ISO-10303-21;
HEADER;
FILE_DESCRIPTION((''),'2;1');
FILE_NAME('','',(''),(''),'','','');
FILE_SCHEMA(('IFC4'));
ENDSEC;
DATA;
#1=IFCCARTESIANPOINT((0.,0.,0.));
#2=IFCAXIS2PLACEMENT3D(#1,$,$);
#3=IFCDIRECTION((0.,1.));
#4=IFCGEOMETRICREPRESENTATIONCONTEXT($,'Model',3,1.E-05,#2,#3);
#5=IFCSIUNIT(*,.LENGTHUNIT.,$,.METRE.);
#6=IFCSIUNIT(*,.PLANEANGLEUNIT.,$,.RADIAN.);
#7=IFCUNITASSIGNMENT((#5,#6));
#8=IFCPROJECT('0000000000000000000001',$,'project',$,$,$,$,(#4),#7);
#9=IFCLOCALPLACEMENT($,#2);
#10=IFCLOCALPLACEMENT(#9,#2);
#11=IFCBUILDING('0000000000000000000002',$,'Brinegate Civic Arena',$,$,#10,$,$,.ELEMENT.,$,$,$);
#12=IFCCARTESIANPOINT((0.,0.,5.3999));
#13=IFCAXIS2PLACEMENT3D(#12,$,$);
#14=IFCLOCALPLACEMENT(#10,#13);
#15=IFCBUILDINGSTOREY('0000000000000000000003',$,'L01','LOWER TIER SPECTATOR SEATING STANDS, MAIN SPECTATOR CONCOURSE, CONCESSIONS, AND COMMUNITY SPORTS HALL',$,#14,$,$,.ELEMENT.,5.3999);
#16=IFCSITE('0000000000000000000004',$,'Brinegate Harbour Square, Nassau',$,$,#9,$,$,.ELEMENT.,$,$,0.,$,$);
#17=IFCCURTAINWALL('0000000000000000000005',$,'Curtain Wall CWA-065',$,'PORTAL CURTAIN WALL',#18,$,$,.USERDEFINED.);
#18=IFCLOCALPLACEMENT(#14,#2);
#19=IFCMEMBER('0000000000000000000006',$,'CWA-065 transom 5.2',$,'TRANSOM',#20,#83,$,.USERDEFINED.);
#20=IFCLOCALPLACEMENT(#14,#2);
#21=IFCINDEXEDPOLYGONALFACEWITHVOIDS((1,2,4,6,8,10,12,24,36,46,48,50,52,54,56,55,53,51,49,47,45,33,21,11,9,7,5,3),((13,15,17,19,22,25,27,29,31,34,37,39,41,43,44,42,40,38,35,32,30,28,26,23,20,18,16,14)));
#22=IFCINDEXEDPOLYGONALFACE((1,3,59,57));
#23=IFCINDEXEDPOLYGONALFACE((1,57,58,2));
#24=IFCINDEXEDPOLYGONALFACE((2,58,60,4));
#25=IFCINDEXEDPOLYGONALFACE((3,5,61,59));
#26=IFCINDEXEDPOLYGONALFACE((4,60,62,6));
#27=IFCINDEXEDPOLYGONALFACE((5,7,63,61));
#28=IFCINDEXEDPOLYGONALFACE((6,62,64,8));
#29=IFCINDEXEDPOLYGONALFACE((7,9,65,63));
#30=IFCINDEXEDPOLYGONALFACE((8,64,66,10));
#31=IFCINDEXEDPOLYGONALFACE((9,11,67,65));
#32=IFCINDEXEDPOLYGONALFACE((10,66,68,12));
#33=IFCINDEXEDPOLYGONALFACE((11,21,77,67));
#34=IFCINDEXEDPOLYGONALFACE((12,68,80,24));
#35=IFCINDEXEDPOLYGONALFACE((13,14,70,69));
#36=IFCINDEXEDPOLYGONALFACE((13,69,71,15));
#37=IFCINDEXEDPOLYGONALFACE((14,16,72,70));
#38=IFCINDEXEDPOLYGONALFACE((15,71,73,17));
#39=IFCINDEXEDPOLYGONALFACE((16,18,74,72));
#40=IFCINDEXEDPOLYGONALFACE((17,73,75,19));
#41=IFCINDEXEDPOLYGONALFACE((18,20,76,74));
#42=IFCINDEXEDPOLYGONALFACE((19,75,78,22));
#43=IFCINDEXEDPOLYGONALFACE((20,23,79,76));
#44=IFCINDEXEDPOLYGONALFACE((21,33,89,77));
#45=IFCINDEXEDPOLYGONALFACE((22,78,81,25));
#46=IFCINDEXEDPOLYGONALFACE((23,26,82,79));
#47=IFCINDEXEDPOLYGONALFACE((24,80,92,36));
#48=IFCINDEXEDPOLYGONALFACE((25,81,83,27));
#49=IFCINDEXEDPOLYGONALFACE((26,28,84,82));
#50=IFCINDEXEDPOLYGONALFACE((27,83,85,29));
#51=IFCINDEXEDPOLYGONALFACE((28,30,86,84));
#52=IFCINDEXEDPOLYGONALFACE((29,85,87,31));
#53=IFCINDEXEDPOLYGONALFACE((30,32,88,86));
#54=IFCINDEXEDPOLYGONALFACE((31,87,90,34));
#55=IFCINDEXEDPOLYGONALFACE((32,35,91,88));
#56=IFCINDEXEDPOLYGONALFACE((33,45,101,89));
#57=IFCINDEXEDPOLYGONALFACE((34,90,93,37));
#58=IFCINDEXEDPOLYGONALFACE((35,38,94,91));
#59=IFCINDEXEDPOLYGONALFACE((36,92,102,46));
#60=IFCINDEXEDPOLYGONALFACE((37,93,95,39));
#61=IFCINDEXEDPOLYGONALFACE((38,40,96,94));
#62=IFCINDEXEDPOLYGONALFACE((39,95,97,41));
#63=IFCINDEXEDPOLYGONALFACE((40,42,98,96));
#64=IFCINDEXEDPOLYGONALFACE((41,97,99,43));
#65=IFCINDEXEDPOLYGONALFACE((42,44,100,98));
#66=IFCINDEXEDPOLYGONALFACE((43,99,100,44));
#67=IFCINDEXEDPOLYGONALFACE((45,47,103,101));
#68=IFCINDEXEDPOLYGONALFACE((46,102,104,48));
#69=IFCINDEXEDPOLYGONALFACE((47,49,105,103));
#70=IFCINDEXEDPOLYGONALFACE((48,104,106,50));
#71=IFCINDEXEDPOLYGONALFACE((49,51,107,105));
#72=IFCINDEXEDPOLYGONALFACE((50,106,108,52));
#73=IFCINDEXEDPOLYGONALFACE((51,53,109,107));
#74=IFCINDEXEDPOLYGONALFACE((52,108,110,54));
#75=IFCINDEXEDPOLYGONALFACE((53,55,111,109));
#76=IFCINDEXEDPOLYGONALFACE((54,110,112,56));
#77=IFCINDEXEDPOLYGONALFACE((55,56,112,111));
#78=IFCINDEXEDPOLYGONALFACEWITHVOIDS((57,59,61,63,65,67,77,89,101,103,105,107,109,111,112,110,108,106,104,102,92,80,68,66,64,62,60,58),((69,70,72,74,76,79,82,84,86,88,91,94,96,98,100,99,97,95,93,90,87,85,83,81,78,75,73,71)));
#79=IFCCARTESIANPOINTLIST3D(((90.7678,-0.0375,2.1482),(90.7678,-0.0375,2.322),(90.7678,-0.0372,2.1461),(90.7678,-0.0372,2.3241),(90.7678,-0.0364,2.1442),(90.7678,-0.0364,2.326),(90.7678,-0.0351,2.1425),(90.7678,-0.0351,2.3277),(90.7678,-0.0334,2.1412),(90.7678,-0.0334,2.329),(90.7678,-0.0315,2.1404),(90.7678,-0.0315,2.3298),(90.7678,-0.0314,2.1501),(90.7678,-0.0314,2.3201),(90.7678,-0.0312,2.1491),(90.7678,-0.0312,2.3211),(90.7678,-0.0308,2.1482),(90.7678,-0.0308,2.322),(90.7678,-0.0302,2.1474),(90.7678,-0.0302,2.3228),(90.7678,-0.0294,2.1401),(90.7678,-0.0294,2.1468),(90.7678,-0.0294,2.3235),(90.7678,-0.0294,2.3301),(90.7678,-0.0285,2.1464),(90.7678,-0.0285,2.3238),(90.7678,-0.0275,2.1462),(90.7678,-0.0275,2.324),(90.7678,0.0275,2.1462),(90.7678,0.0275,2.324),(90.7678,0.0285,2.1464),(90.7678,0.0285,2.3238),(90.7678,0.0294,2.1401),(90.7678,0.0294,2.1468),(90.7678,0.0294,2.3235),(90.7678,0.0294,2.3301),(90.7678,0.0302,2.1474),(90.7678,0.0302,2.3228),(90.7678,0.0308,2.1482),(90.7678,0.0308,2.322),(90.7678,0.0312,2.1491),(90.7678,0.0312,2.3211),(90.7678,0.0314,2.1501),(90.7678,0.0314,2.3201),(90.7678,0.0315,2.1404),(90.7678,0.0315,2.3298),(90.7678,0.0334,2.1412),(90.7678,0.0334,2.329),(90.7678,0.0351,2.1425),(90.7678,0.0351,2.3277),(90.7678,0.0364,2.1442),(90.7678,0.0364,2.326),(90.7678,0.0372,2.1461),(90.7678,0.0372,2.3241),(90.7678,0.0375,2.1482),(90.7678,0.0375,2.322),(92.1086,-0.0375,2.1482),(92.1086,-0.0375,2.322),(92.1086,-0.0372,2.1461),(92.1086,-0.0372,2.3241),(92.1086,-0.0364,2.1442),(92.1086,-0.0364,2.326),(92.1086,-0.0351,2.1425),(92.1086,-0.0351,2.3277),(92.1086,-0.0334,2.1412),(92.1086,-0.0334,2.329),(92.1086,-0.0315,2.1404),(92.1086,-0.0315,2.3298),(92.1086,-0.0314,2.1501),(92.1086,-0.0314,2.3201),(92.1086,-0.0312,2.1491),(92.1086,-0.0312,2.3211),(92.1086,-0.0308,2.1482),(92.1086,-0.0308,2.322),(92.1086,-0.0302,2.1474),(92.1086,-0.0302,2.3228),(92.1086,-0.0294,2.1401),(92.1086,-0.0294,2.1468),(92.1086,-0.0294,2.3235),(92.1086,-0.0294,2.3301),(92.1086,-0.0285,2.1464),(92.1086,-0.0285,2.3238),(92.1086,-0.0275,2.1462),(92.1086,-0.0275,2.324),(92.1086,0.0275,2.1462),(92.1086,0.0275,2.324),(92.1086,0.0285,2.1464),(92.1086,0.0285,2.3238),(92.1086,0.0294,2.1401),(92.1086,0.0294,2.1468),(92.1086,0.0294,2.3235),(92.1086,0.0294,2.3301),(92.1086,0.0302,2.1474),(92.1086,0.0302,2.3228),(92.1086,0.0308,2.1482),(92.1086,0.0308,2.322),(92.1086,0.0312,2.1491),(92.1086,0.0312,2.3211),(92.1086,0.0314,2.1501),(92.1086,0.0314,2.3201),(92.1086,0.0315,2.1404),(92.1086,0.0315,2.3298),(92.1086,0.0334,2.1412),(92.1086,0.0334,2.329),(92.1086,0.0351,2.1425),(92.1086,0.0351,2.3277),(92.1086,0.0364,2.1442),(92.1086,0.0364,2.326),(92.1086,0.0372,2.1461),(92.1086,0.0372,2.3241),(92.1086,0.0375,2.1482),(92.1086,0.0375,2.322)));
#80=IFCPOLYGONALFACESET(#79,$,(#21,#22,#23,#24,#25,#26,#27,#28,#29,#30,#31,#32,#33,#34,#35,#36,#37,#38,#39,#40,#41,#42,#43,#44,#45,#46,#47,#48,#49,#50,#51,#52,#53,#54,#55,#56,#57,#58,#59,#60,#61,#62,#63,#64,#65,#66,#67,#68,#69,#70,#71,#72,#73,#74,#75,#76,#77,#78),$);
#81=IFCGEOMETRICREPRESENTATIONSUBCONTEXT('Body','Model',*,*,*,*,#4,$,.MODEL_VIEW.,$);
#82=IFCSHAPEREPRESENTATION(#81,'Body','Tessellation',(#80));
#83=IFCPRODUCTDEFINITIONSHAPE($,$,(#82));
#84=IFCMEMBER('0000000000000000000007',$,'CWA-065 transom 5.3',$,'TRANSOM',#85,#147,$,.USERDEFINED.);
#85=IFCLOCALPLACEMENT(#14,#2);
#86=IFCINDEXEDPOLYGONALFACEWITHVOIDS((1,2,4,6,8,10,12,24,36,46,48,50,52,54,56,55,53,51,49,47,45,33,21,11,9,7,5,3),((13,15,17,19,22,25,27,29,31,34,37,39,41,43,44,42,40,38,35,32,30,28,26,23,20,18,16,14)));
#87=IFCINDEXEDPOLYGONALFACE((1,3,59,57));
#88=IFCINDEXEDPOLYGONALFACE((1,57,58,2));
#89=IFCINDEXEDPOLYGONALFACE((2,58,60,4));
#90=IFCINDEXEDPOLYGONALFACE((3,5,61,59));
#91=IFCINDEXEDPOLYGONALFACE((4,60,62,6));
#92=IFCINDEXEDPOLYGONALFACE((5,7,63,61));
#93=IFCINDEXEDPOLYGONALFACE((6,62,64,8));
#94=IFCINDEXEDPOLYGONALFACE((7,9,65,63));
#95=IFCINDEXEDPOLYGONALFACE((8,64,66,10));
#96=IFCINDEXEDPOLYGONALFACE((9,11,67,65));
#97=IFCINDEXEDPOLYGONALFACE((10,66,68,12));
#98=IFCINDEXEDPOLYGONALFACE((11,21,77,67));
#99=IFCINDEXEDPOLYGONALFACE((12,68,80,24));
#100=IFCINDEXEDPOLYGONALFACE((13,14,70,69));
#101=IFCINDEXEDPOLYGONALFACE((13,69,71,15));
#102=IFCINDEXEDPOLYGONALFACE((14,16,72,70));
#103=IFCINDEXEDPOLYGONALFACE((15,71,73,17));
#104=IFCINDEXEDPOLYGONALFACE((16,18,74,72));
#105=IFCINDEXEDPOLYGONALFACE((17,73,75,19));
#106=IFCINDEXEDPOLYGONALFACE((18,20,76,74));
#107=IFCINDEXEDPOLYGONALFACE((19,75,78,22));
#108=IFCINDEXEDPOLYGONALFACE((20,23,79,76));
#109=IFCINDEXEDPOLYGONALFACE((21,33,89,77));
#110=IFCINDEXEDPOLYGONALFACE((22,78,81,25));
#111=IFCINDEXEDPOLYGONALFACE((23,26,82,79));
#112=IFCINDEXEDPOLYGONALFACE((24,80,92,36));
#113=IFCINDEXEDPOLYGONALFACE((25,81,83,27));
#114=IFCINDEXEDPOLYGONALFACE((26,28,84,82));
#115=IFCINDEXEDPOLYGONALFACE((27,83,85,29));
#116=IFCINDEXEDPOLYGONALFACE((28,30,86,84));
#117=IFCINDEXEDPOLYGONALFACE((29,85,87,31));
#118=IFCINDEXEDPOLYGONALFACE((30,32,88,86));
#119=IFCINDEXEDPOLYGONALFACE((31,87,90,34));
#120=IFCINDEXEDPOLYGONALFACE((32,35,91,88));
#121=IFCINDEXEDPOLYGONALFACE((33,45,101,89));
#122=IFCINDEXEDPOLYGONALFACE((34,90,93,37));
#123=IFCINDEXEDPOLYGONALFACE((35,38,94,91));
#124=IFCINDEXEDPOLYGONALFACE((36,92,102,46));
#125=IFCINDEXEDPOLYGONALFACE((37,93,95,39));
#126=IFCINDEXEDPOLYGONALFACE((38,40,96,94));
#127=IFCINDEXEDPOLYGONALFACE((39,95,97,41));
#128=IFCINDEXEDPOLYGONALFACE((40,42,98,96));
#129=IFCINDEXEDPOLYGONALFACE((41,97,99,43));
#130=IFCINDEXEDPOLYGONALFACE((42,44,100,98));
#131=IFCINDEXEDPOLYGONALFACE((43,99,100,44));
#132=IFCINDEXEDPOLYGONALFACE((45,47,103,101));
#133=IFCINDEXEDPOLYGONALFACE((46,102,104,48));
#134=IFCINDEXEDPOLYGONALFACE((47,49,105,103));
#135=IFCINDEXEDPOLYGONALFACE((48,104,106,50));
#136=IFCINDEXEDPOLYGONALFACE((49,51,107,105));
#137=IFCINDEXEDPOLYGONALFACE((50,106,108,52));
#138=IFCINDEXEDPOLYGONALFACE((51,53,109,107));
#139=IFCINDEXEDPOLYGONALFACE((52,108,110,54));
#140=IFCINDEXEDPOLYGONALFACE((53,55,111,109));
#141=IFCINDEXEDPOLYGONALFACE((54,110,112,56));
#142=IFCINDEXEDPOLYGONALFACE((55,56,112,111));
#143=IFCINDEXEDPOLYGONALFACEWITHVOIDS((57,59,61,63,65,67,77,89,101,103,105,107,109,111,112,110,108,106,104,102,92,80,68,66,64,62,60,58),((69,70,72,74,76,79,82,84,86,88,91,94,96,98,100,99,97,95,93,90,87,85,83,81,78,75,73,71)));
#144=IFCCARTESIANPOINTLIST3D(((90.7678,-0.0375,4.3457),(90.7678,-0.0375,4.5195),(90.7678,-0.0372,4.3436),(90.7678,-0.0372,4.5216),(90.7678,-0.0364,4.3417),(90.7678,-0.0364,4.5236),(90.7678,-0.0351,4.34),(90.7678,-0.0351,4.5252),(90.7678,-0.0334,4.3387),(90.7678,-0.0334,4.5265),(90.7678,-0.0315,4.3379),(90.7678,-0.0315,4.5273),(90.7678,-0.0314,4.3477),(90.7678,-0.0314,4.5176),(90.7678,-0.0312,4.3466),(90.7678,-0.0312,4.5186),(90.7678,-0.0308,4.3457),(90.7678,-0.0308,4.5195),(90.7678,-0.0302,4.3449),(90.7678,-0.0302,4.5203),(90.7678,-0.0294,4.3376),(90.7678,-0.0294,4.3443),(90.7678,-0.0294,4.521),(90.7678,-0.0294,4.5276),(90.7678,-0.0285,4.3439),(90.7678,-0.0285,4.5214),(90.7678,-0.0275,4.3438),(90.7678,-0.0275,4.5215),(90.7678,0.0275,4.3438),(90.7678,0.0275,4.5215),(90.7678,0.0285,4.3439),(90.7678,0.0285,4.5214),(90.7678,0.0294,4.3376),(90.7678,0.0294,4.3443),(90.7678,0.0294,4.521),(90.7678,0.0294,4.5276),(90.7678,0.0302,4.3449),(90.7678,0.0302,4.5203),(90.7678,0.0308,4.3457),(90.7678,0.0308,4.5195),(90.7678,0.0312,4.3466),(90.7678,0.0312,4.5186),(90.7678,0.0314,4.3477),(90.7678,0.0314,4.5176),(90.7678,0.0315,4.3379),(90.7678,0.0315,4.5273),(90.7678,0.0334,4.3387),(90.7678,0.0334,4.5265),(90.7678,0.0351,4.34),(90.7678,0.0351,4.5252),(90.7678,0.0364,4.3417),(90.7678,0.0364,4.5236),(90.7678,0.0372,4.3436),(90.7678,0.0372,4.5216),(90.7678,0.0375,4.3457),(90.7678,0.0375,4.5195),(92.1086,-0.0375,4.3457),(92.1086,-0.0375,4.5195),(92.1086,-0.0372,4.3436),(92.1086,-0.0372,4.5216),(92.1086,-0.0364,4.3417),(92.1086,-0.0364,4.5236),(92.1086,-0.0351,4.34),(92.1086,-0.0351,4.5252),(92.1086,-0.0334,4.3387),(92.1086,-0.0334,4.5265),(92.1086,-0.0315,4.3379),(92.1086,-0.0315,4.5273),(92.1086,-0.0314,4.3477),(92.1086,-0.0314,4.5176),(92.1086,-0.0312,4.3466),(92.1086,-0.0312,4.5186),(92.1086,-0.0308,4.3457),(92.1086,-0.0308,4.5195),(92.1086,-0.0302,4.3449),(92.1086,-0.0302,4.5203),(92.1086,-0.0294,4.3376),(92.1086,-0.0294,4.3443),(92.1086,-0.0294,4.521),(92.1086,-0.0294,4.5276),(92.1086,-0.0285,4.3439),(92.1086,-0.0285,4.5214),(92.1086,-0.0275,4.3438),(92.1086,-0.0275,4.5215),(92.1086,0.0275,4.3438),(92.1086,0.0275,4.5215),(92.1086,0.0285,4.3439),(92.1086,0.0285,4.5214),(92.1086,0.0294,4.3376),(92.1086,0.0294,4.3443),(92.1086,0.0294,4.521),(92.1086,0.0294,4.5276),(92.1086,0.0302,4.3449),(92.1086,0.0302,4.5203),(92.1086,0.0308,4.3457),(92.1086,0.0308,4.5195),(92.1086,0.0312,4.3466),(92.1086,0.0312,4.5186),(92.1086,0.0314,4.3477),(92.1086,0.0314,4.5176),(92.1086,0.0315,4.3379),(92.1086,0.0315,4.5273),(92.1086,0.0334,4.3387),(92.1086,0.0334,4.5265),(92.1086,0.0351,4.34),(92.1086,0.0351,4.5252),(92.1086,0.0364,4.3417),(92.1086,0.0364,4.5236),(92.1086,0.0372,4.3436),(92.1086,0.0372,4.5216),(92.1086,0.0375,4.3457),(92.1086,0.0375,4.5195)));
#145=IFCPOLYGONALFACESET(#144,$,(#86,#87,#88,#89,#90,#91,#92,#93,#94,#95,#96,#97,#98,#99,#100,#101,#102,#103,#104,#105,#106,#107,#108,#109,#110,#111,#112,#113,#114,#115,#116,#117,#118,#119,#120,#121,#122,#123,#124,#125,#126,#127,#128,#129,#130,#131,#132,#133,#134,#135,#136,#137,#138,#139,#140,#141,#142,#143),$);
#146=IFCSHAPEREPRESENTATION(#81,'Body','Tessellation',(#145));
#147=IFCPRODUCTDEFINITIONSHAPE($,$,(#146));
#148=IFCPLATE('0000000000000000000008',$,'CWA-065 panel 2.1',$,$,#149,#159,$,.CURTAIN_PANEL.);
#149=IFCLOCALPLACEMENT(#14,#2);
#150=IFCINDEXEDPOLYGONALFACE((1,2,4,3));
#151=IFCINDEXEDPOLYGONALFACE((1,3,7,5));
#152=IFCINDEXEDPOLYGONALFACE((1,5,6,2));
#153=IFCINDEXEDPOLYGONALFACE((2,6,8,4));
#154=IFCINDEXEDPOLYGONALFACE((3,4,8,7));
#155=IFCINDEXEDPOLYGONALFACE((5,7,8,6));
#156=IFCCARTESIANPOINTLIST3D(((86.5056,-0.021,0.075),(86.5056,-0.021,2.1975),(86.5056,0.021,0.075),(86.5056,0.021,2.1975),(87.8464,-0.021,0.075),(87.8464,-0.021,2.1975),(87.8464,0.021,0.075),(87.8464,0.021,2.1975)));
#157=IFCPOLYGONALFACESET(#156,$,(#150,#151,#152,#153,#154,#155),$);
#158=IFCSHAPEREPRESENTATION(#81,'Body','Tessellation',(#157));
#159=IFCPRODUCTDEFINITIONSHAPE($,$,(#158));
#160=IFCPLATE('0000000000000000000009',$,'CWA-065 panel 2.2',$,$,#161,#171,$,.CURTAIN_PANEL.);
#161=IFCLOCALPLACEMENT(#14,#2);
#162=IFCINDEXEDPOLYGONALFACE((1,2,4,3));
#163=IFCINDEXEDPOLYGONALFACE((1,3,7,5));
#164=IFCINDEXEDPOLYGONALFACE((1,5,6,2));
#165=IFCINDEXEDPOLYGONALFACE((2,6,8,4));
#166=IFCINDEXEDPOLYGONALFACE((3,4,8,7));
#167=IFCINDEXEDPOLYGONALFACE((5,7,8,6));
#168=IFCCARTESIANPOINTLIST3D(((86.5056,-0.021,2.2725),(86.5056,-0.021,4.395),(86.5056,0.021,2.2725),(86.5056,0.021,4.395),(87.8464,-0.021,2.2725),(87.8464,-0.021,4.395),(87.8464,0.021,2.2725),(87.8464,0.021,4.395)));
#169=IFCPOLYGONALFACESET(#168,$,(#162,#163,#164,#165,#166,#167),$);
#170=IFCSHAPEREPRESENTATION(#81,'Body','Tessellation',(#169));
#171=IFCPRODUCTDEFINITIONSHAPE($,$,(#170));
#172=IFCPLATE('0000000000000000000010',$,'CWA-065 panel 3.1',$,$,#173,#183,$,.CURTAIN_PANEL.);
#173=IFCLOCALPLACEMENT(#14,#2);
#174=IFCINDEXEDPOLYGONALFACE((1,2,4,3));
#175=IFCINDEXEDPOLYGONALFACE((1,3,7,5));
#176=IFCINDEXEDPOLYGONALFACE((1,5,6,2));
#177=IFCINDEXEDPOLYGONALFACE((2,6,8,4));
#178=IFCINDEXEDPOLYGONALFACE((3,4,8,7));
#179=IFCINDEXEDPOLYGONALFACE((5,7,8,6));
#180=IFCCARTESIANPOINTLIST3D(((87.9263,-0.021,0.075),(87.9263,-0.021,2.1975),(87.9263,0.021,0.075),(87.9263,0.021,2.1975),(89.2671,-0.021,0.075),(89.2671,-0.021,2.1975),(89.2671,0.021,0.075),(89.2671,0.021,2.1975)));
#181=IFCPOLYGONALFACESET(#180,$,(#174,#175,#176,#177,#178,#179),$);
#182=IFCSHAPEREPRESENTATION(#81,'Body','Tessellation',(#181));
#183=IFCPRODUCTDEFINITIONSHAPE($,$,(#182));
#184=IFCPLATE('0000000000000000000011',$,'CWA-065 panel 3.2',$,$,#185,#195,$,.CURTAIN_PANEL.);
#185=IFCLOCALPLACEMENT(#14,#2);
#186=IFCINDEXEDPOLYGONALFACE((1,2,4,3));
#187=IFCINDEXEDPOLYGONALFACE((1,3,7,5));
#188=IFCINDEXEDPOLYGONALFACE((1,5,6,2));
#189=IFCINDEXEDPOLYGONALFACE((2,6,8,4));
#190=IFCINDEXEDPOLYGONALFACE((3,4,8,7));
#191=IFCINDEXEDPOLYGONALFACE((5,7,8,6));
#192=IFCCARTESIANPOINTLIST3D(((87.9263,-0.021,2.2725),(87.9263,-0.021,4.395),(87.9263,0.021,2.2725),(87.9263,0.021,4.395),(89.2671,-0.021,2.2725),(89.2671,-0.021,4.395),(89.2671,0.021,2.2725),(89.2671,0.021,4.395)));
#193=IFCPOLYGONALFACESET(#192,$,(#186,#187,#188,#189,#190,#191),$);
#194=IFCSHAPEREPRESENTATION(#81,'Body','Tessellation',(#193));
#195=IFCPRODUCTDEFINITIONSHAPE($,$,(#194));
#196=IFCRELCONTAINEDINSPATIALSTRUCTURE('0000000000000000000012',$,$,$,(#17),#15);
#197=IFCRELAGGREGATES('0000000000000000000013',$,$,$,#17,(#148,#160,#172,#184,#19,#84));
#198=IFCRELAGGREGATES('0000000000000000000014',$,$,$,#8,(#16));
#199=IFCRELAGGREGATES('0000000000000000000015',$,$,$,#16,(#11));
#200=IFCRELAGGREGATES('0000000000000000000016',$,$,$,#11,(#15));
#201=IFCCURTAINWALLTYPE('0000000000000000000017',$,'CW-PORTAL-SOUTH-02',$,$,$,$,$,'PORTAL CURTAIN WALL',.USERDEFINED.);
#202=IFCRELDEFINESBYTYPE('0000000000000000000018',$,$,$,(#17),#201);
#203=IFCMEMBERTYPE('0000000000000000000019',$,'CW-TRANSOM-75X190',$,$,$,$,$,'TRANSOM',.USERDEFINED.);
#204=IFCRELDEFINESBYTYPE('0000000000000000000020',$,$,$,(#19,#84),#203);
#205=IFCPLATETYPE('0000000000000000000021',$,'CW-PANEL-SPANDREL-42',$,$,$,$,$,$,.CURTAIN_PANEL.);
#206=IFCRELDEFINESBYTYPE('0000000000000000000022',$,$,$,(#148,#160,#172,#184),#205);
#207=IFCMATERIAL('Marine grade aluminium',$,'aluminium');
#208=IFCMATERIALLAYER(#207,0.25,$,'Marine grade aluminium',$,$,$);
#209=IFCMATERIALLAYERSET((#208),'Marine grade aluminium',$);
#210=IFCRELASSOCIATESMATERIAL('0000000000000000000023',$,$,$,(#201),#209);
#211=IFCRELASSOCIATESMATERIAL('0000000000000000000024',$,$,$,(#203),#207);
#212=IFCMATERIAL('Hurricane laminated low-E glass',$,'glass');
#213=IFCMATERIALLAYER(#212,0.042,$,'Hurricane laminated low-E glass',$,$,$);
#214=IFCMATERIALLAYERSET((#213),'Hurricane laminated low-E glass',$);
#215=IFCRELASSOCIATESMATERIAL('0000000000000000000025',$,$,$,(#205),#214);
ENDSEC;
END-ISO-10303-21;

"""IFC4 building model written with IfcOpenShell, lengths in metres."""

from ifc_helpers import new_model, si_unit, direction, frame, origin, origin_2d, place, context, subcontext, project, spatial, rectangle, hollow_rectangle, extrude, material, layer, layer_set, material_profile, profile_set, type_object, element, aggregate, save


model = new_model("IFC4")

# Units and contexts
model_context = context("Model", 3, precision=1e-05, world=origin(), true_north=direction((0.0, 1.0)))
body_context = subcontext(model_context, "Body", "Model", "MODEL_VIEW")
ifc_project = project(units=[si_unit("LENGTHUNIT", "METRE"), si_unit("PLANEANGLEUNIT", "RADIAN")], contexts=[model_context])

# Site, building, storey
site_placement = place(None, origin())
site = spatial("IfcSite", under=ifc_project, at=site_placement, Name="Brinegate Harbour Square, Nassau", CompositionType="ELEMENT", RefElevation=0.0)
building_placement = place(site_placement, origin())
building = spatial("IfcBuilding", under=site, at=building_placement, Name="Brinegate Civic Arena", CompositionType="ELEMENT")
storey_placement = place(building_placement, frame((0.0, 0.0, 5.3999)))
storey = spatial("IfcBuildingStorey", under=building, at=storey_placement, Name="L01", Description="LOWER TIER SPECTATOR SEATING STANDS, MAIN SPECTATOR CONCOURSE, CONCESSIONS, AND COMMUNITY SPORTS HALL", CompositionType="ELEMENT", Elevation=5.3999)

# Curtain wall, members, plates
ifc_material_1 = material(Name="Marine grade aluminium", Category="aluminium")
ifc_layer_1 = layer(ifc_material_1, 0.25, Name="Marine grade aluminium")
ifc_layer_set_1 = layer_set([ifc_layer_1], Name="Marine grade aluminium")
curtain_wall_type = type_object("IfcCurtainWallType", Name="CW-PORTAL-SOUTH-02", ElementType="PORTAL CURTAIN WALL", PredefinedType="USERDEFINED", material=ifc_layer_set_1)
curtain_wall_placement = place(storey_placement, origin())
curtain_wall = element("IfcCurtainWall", 1, at=curtain_wall_placement, inside=storey, type_object=curtain_wall_type, Name="Curtain Wall CWA-065", ObjectType="PORTAL CURTAIN WALL", PredefinedType="USERDEFINED")
ifc_material_profile_1 = material_profile(ifc_material_1, hollow_rectangle(XDim=0.075, YDim=0.1899, WallThickness=0.0061, InnerFilletRadius=0.0039, OuterFilletRadius=0.0081, at=origin_2d()), Name="TRN75X190")
ifc_profile_set_1 = profile_set([ifc_material_profile_1], Name="Marine grade aluminium")
member_type_1 = type_object("IfcMemberType", Name="CW-TRANSOM-75X190", ElementType="TRANSOM", PredefinedType="USERDEFINED", material=ifc_profile_set_1)
member_1_placement = place(storey_placement, frame((90.7678, 0.0, 2.2351), z_axis=(1.0, 0.0, 0.0), x_axis=(0.0, 1.0, 0.0)))
member_1 = element("IfcMember", 2, at=member_1_placement, type_object=member_type_1, Name="CWA-065 transom 5.2", ObjectType="TRANSOM", PredefinedType="USERDEFINED", context=body_context, shape_type="SweptSolid", body=[
    extrude(hollow_rectangle(XDim=0.075, YDim=0.1899, WallThickness=0.0061, InnerFilletRadius=0.0039, OuterFilletRadius=0.0081, at=origin_2d()), origin(), (0.0, 0.0, 1.0), 1.3408),
])
member_2_placement = place(storey_placement, frame((90.7678, 0.0, 4.4326), z_axis=(1.0, 0.0, 0.0), x_axis=(0.0, 1.0, 0.0)))
member_2 = element("IfcMember", 3, at=member_2_placement, type_object=member_type_1, Name="CWA-065 transom 5.3", ObjectType="TRANSOM", PredefinedType="USERDEFINED", context=body_context, shape_type="SweptSolid", body=[
    extrude(hollow_rectangle(XDim=0.075, YDim=0.1899, WallThickness=0.0061, InnerFilletRadius=0.0039, OuterFilletRadius=0.0081, at=origin_2d()), origin(), (0.0, 0.0, 1.0), 1.3408),
])
ifc_material_2 = material(Name="Hurricane laminated low-E glass", Category="glass")
ifc_layer_2 = layer(ifc_material_2, 0.042, Name="Hurricane laminated low-E glass")
ifc_layer_set_2 = layer_set([ifc_layer_2], Name="Hurricane laminated low-E glass")
plate_type = type_object("IfcPlateType", Name="CW-PANEL-SPANDREL-42", PredefinedType="CURTAIN_PANEL", material=ifc_layer_set_2)
plate_1_placement = place(storey_placement, frame((87.176, 0.0, 0.075), z_axis=(0.0, 0.0, 1.0), x_axis=(1.0, 0.0, 0.0)))
plate_1 = element("IfcPlate", 4, at=plate_1_placement, type_object=plate_type, Name="CWA-065 panel 2.1", PredefinedType="CURTAIN_PANEL", context=body_context, shape_type="SweptSolid", body=[
    extrude(rectangle(XDim=1.3408, YDim=0.042, at=origin_2d()), origin(), (0.0, 0.0, 1.0), 2.1226),
])
plate_2_placement = place(storey_placement, frame((87.176, 0.0, 2.2725), z_axis=(0.0, 0.0, 1.0), x_axis=(1.0, 0.0, 0.0)))
plate_2 = element("IfcPlate", 5, at=plate_2_placement, type_object=plate_type, Name="CWA-065 panel 2.2", PredefinedType="CURTAIN_PANEL", context=body_context, shape_type="SweptSolid", body=[
    extrude(rectangle(XDim=1.3408, YDim=0.042, at=origin_2d()), origin(), (0.0, 0.0, 1.0), 2.1226),
])
plate_3_placement = place(storey_placement, frame((88.5967, 0.0, 0.075), z_axis=(0.0, 0.0, 1.0), x_axis=(1.0, 0.0, 0.0)))
plate_3 = element("IfcPlate", 6, at=plate_3_placement, type_object=plate_type, Name="CWA-065 panel 3.1", PredefinedType="CURTAIN_PANEL", context=body_context, shape_type="SweptSolid", body=[
    extrude(rectangle(XDim=1.3408, YDim=0.042, at=origin_2d()), origin(), (0.0, 0.0, 1.0), 2.1226),
])
plate_4_placement = place(storey_placement, frame((88.5967, 0.0, 2.2725), z_axis=(0.0, 0.0, 1.0), x_axis=(1.0, 0.0, 0.0)))
plate_4 = element("IfcPlate", 7, at=plate_4_placement, type_object=plate_type, Name="CWA-065 panel 3.2", PredefinedType="CURTAIN_PANEL", context=body_context, shape_type="SweptSolid", body=[
    extrude(rectangle(XDim=1.3408, YDim=0.042, at=origin_2d()), origin(), (0.0, 0.0, 1.0), 2.1226),
])
aggregate(curtain_wall, [plate_1, plate_2, plate_3, plate_4, member_1, member_2])

save(model, "model.ifc")
